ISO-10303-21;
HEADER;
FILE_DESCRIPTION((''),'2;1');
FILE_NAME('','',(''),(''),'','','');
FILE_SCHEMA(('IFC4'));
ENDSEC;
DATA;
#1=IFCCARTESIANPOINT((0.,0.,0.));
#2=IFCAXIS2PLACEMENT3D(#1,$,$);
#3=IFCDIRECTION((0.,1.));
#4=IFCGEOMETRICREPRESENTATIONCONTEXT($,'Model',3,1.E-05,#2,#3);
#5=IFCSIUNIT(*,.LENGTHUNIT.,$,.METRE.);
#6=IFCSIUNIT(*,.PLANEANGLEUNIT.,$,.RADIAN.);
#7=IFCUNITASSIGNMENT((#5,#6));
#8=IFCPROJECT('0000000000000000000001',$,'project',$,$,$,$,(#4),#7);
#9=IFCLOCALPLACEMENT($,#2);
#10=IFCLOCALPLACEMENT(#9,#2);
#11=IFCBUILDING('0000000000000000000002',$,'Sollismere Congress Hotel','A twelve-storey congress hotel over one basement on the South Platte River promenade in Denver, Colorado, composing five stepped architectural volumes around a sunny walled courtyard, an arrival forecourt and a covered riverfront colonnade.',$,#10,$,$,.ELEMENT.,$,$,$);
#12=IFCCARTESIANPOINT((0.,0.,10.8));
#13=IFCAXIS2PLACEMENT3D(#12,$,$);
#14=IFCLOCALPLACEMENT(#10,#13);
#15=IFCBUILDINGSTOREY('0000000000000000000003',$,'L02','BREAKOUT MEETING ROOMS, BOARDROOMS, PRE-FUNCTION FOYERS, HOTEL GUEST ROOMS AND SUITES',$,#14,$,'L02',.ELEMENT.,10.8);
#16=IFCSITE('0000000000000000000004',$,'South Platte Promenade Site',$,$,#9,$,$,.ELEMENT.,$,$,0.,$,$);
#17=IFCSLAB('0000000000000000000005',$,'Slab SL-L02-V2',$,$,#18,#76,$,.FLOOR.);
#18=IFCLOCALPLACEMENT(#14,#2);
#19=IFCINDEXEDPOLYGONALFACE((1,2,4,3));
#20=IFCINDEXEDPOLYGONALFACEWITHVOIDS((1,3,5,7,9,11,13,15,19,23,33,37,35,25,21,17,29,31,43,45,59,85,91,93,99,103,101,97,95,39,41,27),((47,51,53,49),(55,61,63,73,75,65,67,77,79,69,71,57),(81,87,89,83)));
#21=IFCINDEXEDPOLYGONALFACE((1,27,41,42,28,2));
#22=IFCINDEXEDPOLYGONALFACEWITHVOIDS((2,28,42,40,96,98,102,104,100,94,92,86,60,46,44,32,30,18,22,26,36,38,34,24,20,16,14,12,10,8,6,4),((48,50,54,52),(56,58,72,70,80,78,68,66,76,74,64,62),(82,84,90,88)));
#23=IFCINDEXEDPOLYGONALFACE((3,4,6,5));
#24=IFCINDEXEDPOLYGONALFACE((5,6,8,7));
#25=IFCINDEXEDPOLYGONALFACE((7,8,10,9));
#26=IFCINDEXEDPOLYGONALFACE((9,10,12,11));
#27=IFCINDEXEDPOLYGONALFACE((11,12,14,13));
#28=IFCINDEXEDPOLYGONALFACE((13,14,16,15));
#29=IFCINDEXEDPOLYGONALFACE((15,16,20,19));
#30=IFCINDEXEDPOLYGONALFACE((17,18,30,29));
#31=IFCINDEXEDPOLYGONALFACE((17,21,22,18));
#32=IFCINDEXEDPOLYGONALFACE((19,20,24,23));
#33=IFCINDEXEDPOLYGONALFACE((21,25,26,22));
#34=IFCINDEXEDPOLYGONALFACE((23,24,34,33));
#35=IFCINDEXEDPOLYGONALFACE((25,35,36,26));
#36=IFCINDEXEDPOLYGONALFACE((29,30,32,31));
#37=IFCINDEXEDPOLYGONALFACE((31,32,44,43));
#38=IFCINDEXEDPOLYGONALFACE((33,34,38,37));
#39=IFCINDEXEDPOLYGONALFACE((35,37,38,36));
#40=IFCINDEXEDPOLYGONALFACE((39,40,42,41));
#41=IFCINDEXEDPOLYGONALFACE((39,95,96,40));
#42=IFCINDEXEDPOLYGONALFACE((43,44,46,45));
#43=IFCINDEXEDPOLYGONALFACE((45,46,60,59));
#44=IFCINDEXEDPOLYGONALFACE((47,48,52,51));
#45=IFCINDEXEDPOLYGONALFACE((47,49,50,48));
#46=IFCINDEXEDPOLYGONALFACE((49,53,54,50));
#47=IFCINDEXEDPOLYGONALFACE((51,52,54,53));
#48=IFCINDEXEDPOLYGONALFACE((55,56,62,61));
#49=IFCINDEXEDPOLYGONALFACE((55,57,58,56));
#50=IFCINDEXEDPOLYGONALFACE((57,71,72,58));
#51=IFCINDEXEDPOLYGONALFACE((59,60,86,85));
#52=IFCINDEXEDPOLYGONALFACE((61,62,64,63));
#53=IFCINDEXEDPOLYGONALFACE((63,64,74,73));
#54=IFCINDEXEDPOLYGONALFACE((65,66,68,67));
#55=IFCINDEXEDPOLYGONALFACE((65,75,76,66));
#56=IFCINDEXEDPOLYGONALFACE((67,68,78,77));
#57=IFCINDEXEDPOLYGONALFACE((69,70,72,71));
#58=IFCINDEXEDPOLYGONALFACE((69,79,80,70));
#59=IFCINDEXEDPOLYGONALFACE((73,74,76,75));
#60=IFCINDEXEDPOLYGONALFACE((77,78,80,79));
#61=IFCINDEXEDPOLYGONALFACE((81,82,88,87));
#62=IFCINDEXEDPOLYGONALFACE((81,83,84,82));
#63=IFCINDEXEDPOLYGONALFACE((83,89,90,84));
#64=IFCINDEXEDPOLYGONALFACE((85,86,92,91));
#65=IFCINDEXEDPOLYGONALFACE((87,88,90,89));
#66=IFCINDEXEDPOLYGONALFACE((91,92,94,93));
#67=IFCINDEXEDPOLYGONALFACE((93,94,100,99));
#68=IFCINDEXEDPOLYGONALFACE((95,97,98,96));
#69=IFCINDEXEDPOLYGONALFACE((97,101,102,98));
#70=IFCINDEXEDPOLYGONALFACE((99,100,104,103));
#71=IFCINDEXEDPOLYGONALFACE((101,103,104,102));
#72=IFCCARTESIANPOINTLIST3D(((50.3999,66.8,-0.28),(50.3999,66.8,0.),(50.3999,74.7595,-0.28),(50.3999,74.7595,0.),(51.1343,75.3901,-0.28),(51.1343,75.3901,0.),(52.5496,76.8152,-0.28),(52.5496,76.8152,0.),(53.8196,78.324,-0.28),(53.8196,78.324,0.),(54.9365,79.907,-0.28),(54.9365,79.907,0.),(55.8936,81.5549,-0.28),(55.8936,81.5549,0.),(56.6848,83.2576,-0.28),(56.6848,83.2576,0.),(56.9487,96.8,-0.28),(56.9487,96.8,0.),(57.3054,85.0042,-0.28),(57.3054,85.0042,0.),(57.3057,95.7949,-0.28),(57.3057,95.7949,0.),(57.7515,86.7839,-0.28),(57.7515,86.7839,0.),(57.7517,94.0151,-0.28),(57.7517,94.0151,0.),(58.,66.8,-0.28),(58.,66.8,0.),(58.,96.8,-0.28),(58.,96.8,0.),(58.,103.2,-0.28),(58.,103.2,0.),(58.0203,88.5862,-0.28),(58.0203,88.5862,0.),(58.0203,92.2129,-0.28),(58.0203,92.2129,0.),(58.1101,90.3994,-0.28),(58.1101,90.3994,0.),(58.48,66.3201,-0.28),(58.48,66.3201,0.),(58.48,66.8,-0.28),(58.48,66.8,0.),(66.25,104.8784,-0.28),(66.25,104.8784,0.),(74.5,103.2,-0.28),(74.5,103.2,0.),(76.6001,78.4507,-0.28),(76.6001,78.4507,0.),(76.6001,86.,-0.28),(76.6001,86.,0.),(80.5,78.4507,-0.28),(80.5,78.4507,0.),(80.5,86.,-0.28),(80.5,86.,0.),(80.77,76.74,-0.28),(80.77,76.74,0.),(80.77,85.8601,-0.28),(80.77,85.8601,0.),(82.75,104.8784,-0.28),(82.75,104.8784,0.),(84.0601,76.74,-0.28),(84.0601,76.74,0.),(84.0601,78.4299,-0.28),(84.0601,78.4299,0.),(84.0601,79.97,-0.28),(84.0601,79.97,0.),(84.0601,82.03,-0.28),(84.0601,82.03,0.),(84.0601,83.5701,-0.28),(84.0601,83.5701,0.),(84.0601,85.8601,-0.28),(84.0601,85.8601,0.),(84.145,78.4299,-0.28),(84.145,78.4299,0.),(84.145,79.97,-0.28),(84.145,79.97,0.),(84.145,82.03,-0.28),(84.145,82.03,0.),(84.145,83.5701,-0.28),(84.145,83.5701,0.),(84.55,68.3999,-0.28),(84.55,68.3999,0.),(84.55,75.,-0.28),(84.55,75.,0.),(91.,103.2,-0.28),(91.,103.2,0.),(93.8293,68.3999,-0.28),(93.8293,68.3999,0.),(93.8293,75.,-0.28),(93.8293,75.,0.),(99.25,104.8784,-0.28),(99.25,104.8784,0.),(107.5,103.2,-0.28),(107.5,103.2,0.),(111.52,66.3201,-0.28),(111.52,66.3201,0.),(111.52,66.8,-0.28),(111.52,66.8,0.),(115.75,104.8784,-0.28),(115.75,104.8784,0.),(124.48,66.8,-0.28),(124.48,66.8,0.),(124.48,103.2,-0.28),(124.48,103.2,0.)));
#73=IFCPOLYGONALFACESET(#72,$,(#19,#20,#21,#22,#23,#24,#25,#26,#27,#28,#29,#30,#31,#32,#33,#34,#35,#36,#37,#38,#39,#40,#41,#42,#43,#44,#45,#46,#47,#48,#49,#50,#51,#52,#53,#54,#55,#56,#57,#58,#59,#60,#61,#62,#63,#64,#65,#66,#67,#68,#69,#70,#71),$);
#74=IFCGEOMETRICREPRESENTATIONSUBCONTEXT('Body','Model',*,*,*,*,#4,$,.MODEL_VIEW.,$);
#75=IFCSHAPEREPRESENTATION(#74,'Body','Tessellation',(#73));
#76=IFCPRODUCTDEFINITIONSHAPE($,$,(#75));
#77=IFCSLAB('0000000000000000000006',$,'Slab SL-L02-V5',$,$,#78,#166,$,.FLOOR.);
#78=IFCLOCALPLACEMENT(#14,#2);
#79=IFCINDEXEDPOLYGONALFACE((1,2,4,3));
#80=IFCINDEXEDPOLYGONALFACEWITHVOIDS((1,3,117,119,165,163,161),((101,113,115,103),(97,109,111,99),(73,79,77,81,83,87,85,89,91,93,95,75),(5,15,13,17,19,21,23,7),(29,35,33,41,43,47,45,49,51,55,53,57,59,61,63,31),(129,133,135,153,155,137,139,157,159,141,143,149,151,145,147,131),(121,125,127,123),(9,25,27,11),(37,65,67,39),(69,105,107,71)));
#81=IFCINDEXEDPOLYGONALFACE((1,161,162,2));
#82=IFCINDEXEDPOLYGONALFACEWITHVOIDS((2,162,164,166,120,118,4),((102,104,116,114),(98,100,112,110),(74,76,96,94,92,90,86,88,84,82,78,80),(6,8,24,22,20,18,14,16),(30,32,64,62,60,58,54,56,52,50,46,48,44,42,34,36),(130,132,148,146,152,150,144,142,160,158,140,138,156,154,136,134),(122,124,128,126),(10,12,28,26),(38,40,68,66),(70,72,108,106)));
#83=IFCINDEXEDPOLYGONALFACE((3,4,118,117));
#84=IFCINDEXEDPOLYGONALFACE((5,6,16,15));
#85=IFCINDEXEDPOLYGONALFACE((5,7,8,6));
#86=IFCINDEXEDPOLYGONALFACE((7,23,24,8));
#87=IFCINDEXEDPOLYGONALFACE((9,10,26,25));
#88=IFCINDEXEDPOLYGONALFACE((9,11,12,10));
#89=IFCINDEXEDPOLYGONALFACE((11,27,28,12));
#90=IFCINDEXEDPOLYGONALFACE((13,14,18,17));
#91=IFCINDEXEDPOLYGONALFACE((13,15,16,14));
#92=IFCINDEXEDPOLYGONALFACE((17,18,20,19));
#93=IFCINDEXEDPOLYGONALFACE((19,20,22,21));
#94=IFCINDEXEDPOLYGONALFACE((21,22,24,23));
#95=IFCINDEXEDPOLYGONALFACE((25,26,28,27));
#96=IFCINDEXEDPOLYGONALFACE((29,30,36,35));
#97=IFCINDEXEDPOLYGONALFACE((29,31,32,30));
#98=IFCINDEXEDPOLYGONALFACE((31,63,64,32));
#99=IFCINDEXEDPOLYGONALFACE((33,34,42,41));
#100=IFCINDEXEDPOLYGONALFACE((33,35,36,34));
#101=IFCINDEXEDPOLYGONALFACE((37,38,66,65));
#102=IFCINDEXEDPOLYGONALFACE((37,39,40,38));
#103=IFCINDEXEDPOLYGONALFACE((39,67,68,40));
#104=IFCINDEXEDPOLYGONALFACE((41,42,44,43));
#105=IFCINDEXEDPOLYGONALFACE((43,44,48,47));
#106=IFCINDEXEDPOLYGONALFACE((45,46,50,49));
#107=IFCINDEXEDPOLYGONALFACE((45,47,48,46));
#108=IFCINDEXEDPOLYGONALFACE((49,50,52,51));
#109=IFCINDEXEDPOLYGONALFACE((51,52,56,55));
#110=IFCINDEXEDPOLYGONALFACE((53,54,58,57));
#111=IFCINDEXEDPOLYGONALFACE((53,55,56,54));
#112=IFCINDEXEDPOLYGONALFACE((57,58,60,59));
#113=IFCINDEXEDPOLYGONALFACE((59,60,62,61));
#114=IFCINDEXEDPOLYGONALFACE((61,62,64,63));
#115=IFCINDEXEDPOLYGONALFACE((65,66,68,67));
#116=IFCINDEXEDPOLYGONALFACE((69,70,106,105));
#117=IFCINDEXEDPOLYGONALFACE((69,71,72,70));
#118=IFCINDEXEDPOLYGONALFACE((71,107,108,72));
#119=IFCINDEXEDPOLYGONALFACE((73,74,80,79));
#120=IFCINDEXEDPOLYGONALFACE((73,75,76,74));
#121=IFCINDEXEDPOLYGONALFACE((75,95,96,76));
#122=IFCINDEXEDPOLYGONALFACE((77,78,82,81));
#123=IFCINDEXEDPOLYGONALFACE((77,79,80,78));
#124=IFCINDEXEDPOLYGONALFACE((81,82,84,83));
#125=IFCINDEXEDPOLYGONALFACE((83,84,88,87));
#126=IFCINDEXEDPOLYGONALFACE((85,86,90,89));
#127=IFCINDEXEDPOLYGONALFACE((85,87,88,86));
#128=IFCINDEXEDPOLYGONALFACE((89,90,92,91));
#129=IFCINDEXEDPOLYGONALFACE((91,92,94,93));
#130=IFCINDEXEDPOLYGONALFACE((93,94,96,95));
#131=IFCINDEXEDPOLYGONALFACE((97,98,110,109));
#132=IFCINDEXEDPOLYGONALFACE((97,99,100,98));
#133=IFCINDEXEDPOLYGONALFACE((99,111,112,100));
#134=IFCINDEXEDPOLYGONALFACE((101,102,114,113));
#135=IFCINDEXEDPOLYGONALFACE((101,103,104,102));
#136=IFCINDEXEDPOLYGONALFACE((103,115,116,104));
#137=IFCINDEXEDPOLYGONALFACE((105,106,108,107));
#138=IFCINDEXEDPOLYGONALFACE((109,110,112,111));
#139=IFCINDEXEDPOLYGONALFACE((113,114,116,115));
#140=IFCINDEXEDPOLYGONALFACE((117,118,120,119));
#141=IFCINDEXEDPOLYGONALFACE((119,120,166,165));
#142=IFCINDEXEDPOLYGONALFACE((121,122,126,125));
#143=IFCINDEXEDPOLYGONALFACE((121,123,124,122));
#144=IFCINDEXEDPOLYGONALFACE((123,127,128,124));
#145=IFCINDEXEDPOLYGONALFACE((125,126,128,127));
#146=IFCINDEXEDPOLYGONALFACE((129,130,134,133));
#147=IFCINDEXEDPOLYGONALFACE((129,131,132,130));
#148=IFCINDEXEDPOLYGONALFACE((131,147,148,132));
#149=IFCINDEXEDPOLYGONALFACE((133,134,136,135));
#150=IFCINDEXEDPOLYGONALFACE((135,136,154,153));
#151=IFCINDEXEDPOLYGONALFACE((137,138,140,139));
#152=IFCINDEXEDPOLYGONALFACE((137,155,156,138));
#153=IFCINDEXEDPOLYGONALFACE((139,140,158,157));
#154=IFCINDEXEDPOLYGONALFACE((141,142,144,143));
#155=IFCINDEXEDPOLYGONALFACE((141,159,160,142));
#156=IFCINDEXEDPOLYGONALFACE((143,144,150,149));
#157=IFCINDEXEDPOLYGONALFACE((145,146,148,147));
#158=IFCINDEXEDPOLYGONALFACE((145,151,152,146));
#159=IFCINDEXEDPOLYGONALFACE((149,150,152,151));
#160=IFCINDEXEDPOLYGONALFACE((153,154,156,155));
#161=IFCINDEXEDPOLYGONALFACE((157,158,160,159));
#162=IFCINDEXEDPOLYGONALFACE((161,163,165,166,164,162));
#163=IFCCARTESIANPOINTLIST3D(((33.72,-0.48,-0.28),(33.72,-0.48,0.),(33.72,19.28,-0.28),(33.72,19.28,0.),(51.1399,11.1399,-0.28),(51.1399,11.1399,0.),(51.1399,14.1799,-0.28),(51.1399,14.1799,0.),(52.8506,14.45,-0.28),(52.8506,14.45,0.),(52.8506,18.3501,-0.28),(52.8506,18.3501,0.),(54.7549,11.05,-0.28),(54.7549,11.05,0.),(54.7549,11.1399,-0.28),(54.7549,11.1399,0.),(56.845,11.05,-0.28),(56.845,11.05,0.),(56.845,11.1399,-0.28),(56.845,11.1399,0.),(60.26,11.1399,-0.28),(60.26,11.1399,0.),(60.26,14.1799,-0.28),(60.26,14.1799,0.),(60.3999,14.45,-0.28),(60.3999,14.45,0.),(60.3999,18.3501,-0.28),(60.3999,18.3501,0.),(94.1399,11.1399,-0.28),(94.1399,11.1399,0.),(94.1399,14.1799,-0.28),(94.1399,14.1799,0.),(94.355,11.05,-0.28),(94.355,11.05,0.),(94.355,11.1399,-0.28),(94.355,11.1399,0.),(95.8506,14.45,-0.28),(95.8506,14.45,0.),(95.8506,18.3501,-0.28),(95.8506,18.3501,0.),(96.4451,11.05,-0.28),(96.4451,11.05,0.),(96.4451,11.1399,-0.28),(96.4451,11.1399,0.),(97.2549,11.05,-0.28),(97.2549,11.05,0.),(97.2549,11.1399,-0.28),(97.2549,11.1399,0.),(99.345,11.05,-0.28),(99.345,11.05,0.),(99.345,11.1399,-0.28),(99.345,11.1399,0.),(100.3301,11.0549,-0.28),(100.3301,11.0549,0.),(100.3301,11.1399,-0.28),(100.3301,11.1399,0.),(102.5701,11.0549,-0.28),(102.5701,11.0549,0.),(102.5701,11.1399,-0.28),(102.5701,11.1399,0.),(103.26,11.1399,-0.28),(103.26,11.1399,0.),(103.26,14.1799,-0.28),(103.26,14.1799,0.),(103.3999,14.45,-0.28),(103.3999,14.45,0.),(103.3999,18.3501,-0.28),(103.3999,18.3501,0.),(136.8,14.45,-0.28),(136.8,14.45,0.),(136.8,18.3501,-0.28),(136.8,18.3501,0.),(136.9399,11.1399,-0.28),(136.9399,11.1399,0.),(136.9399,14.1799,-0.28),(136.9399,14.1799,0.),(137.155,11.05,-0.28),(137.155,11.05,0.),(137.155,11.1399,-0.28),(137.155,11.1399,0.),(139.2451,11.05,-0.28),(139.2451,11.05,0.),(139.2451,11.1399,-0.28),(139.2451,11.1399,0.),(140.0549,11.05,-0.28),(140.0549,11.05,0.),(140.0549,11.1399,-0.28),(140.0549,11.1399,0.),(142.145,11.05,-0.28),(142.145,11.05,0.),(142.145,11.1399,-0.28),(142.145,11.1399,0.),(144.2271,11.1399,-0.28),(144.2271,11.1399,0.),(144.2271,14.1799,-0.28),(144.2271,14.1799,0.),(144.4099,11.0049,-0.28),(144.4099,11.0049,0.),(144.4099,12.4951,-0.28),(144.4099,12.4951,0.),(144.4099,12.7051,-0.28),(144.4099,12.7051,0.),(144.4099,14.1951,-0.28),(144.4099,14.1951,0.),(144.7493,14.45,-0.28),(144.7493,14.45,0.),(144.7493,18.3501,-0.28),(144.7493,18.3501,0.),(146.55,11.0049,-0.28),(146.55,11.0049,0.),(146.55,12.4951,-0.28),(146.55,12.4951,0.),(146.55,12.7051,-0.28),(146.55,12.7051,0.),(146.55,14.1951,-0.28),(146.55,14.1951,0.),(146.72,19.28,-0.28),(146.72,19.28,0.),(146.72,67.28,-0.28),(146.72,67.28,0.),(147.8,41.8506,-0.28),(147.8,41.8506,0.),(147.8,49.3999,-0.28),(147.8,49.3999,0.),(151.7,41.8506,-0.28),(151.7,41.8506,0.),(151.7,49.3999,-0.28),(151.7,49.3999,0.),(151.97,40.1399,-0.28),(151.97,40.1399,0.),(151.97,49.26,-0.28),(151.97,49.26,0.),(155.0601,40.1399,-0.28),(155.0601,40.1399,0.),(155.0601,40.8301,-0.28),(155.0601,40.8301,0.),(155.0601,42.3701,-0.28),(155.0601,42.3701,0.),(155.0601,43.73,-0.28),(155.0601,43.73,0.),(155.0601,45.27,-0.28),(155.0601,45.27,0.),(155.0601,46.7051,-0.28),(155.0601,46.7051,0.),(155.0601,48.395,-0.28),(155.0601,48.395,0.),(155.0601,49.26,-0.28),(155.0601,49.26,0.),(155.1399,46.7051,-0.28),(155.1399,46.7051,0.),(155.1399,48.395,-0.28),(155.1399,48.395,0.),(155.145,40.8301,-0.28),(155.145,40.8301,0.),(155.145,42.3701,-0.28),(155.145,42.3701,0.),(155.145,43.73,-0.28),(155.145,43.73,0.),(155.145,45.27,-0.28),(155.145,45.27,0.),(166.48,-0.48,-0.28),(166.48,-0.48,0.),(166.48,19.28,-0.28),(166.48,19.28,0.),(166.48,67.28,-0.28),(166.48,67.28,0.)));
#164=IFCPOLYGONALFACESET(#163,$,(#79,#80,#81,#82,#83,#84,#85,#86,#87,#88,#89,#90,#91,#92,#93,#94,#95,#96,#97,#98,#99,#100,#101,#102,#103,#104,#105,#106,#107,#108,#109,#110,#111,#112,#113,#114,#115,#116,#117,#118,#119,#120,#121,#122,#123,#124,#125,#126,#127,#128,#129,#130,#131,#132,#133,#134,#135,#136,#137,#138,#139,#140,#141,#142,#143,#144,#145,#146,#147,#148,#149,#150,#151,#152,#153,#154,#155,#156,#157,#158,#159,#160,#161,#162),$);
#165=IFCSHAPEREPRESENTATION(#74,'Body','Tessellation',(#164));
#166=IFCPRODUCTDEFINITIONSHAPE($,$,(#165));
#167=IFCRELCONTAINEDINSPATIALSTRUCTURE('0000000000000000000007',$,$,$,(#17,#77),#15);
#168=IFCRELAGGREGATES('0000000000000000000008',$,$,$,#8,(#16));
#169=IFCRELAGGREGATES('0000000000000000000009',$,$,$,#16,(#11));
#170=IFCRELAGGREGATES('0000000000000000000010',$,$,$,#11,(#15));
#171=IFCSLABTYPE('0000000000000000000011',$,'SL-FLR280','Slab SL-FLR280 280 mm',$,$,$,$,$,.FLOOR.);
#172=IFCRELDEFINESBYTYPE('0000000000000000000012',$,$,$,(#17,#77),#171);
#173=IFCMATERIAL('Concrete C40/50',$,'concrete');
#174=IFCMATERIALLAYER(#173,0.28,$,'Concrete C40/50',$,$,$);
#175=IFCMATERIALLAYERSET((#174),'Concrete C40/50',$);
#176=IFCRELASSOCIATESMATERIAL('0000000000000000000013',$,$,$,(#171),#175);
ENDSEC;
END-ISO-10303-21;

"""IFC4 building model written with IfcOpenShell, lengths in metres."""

from ifc_helpers import new_model, si_unit, direction, frame, origin, place, context, subcontext, project, spatial, polyline, outline, extrude, material, layer, layer_set, type_object, element, save


model = new_model("IFC4")

# Units and contexts
model_context = context("Model", 3, precision=1e-05, world=origin(), true_north=direction((0.0, 1.0)))
body_context = subcontext(model_context, "Body", "Model", "MODEL_VIEW")
ifc_project = project(units=[si_unit("LENGTHUNIT", "METRE"), si_unit("PLANEANGLEUNIT", "RADIAN")], contexts=[model_context])

# Site, building, storey
site_placement = place(None, origin())
site = spatial("IfcSite", under=ifc_project, at=site_placement, Name="South Platte Promenade Site", CompositionType="ELEMENT", RefElevation=0.0)
building_placement = place(site_placement, origin())
building = spatial("IfcBuilding", under=site, at=building_placement, Name="Sollismere Congress Hotel", Description="A twelve-storey congress hotel over one basement on the South Platte River promenade in Denver, Colorado, composing five stepped architectural volumes around a sunny walled courtyard, an arrival forecourt and a covered riverfront colonnade.", CompositionType="ELEMENT")
storey_placement = place(building_placement, frame((0.0, 0.0, 10.8)))
storey = spatial("IfcBuildingStorey", under=building, at=storey_placement, Name="L02", Description="BREAKOUT MEETING ROOMS, BOARDROOMS, PRE-FUNCTION FOYERS, HOTEL GUEST ROOMS AND SUITES", LongName="L02", CompositionType="ELEMENT", Elevation=10.8)

# Slabs
ifc_material_1 = material(Name="Concrete C40/50", Category="concrete")
ifc_layer_1 = layer(ifc_material_1, 0.28, Name="Concrete C40/50")
ifc_layer_set_1 = layer_set([ifc_layer_1], Name="Concrete C40/50")
slab_type_1 = type_object("IfcSlabType", Name="SL-FLR280", Description="Slab SL-FLR280 280 mm", PredefinedType="FLOOR", material=ifc_layer_set_1)
slab_1_placement = place(storey_placement, frame((0.0, 0.0, -0.28)))
element("IfcSlab", 1, at=slab_1_placement, inside=storey, type_object=slab_type_1, Name="Slab SL-L02-V2", PredefinedType="FLOOR", context=body_context, shape_type="SweptSolid", body=[
    extrude(outline(polyline([(58.48, 66.3201), (111.52, 66.3201), (111.52, 66.8), (124.48, 66.8), (124.48, 103.2), (115.75, 104.8784), (107.5, 103.2), (99.25, 104.8784), (91.0, 103.2), (82.75, 104.8784), (74.5, 103.2), (66.25, 104.8784), (58.0, 103.2), (58.0, 96.8), (56.9487, 96.8), (57.3057, 95.7949), (57.7517, 94.0151), (58.0203, 92.2129), (58.1101, 90.3994), (58.0203, 88.5862), (57.7515, 86.7839), (57.3054, 85.0042), (56.6848, 83.2576), (55.8936, 81.5549), (54.9365, 79.907), (53.8196, 78.324), (52.5496, 76.8152), (51.1343, 75.3901), (50.3999, 74.7595), (50.3999, 66.8), (58.0, 66.8), (58.48, 66.8), (58.48, 66.3201)]), holes=[polyline([(84.55, 75.0), (93.8293, 75.0), (93.8293, 68.3999), (84.55, 68.3999), (84.55, 75.0)]), polyline([(84.145, 79.97), (84.145, 78.4299), (84.0601, 78.4299), (84.0601, 76.74), (80.77, 76.74), (80.77, 85.8601), (84.0601, 85.8601), (84.0601, 83.5701), (84.145, 83.5701), (84.145, 82.03), (84.0601, 82.03), (84.0601, 79.97), (84.145, 79.97)]), polyline([(80.5, 86.0), (80.5, 78.4507), (76.6001, 78.4507), (76.6001, 86.0), (80.5, 86.0)])]), origin(), (0.0, 0.0, 1.0), 0.28),
])
slab_2_placement = place(storey_placement, frame((0.0, 0.0, -0.28)))
element("IfcSlab", 2, at=slab_2_placement, inside=storey, type_object=slab_type_1, Name="Slab SL-L02-V5", PredefinedType="FLOOR", context=body_context, shape_type="SweptSolid", body=[
    extrude(outline(polyline([(166.48, -0.48), (166.48, 19.28), (166.48, 67.28), (146.72, 67.28), (146.72, 19.28), (33.72, 19.28), (33.72, -0.48), (166.48, -0.48)]), holes=[polyline([(54.7549, 11.05), (54.7549, 11.1399), (51.1399, 11.1399), (51.1399, 14.1799), (60.26, 14.1799), (60.26, 11.1399), (56.845, 11.1399), (56.845, 11.05), (54.7549, 11.05)]), polyline([(94.355, 11.05), (94.355, 11.1399), (94.1399, 11.1399), (94.1399, 14.1799), (103.26, 14.1799), (103.26, 11.1399), (102.5701, 11.1399), (102.5701, 11.0549), (100.3301, 11.0549), (100.3301, 11.1399), (99.345, 11.1399), (99.345, 11.05), (97.2549, 11.05), (97.2549, 11.1399), (96.4451, 11.1399), (96.4451, 11.05), (94.355, 11.05)]), polyline([(137.155, 11.05), (137.155, 11.1399), (136.9399, 11.1399), (136.9399, 14.1799), (144.2271, 14.1799), (144.2271, 11.1399), (142.145, 11.1399), (142.145, 11.05), (140.0549, 11.05), (140.0549, 11.1399), (139.2451, 11.1399), (139.2451, 11.05), (137.155, 11.05)]), polyline([(52.8506, 18.3501), (60.3999, 18.3501), (60.3999, 14.45), (52.8506, 14.45), (52.8506, 18.3501)]), polyline([(95.8506, 14.45), (95.8506, 18.3501), (103.3999, 18.3501), (103.3999, 14.45), (95.8506, 14.45)]), polyline([(146.55, 11.0049), (144.4099, 11.0049), (144.4099, 12.4951), (146.55, 12.4951), (146.55, 11.0049)]), polyline([(144.4099, 12.7051), (144.4099, 14.1951), (146.55, 14.1951), (146.55, 12.7051), (144.4099, 12.7051)]), polyline([(144.7493, 14.45), (136.8, 14.45), (136.8, 18.3501), (144.7493, 18.3501), (144.7493, 14.45)]), polyline([(155.0601, 40.8301), (155.0601, 40.1399), (151.97, 40.1399), (151.97, 49.26), (155.0601, 49.26), (155.0601, 48.395), (155.1399, 48.395), (155.1399, 46.7051), (155.0601, 46.7051), (155.0601, 45.27), (155.145, 45.27), (155.145, 43.73), (155.0601, 43.73), (155.0601, 42.3701), (155.145, 42.3701), (155.145, 40.8301), (155.0601, 40.8301)]), polyline([(147.8, 41.8506), (147.8, 49.3999), (151.7, 49.3999), (151.7, 41.8506), (147.8, 41.8506)])]), origin(), (0.0, 0.0, 1.0), 0.28),
])

save(model, "model.ifc")
